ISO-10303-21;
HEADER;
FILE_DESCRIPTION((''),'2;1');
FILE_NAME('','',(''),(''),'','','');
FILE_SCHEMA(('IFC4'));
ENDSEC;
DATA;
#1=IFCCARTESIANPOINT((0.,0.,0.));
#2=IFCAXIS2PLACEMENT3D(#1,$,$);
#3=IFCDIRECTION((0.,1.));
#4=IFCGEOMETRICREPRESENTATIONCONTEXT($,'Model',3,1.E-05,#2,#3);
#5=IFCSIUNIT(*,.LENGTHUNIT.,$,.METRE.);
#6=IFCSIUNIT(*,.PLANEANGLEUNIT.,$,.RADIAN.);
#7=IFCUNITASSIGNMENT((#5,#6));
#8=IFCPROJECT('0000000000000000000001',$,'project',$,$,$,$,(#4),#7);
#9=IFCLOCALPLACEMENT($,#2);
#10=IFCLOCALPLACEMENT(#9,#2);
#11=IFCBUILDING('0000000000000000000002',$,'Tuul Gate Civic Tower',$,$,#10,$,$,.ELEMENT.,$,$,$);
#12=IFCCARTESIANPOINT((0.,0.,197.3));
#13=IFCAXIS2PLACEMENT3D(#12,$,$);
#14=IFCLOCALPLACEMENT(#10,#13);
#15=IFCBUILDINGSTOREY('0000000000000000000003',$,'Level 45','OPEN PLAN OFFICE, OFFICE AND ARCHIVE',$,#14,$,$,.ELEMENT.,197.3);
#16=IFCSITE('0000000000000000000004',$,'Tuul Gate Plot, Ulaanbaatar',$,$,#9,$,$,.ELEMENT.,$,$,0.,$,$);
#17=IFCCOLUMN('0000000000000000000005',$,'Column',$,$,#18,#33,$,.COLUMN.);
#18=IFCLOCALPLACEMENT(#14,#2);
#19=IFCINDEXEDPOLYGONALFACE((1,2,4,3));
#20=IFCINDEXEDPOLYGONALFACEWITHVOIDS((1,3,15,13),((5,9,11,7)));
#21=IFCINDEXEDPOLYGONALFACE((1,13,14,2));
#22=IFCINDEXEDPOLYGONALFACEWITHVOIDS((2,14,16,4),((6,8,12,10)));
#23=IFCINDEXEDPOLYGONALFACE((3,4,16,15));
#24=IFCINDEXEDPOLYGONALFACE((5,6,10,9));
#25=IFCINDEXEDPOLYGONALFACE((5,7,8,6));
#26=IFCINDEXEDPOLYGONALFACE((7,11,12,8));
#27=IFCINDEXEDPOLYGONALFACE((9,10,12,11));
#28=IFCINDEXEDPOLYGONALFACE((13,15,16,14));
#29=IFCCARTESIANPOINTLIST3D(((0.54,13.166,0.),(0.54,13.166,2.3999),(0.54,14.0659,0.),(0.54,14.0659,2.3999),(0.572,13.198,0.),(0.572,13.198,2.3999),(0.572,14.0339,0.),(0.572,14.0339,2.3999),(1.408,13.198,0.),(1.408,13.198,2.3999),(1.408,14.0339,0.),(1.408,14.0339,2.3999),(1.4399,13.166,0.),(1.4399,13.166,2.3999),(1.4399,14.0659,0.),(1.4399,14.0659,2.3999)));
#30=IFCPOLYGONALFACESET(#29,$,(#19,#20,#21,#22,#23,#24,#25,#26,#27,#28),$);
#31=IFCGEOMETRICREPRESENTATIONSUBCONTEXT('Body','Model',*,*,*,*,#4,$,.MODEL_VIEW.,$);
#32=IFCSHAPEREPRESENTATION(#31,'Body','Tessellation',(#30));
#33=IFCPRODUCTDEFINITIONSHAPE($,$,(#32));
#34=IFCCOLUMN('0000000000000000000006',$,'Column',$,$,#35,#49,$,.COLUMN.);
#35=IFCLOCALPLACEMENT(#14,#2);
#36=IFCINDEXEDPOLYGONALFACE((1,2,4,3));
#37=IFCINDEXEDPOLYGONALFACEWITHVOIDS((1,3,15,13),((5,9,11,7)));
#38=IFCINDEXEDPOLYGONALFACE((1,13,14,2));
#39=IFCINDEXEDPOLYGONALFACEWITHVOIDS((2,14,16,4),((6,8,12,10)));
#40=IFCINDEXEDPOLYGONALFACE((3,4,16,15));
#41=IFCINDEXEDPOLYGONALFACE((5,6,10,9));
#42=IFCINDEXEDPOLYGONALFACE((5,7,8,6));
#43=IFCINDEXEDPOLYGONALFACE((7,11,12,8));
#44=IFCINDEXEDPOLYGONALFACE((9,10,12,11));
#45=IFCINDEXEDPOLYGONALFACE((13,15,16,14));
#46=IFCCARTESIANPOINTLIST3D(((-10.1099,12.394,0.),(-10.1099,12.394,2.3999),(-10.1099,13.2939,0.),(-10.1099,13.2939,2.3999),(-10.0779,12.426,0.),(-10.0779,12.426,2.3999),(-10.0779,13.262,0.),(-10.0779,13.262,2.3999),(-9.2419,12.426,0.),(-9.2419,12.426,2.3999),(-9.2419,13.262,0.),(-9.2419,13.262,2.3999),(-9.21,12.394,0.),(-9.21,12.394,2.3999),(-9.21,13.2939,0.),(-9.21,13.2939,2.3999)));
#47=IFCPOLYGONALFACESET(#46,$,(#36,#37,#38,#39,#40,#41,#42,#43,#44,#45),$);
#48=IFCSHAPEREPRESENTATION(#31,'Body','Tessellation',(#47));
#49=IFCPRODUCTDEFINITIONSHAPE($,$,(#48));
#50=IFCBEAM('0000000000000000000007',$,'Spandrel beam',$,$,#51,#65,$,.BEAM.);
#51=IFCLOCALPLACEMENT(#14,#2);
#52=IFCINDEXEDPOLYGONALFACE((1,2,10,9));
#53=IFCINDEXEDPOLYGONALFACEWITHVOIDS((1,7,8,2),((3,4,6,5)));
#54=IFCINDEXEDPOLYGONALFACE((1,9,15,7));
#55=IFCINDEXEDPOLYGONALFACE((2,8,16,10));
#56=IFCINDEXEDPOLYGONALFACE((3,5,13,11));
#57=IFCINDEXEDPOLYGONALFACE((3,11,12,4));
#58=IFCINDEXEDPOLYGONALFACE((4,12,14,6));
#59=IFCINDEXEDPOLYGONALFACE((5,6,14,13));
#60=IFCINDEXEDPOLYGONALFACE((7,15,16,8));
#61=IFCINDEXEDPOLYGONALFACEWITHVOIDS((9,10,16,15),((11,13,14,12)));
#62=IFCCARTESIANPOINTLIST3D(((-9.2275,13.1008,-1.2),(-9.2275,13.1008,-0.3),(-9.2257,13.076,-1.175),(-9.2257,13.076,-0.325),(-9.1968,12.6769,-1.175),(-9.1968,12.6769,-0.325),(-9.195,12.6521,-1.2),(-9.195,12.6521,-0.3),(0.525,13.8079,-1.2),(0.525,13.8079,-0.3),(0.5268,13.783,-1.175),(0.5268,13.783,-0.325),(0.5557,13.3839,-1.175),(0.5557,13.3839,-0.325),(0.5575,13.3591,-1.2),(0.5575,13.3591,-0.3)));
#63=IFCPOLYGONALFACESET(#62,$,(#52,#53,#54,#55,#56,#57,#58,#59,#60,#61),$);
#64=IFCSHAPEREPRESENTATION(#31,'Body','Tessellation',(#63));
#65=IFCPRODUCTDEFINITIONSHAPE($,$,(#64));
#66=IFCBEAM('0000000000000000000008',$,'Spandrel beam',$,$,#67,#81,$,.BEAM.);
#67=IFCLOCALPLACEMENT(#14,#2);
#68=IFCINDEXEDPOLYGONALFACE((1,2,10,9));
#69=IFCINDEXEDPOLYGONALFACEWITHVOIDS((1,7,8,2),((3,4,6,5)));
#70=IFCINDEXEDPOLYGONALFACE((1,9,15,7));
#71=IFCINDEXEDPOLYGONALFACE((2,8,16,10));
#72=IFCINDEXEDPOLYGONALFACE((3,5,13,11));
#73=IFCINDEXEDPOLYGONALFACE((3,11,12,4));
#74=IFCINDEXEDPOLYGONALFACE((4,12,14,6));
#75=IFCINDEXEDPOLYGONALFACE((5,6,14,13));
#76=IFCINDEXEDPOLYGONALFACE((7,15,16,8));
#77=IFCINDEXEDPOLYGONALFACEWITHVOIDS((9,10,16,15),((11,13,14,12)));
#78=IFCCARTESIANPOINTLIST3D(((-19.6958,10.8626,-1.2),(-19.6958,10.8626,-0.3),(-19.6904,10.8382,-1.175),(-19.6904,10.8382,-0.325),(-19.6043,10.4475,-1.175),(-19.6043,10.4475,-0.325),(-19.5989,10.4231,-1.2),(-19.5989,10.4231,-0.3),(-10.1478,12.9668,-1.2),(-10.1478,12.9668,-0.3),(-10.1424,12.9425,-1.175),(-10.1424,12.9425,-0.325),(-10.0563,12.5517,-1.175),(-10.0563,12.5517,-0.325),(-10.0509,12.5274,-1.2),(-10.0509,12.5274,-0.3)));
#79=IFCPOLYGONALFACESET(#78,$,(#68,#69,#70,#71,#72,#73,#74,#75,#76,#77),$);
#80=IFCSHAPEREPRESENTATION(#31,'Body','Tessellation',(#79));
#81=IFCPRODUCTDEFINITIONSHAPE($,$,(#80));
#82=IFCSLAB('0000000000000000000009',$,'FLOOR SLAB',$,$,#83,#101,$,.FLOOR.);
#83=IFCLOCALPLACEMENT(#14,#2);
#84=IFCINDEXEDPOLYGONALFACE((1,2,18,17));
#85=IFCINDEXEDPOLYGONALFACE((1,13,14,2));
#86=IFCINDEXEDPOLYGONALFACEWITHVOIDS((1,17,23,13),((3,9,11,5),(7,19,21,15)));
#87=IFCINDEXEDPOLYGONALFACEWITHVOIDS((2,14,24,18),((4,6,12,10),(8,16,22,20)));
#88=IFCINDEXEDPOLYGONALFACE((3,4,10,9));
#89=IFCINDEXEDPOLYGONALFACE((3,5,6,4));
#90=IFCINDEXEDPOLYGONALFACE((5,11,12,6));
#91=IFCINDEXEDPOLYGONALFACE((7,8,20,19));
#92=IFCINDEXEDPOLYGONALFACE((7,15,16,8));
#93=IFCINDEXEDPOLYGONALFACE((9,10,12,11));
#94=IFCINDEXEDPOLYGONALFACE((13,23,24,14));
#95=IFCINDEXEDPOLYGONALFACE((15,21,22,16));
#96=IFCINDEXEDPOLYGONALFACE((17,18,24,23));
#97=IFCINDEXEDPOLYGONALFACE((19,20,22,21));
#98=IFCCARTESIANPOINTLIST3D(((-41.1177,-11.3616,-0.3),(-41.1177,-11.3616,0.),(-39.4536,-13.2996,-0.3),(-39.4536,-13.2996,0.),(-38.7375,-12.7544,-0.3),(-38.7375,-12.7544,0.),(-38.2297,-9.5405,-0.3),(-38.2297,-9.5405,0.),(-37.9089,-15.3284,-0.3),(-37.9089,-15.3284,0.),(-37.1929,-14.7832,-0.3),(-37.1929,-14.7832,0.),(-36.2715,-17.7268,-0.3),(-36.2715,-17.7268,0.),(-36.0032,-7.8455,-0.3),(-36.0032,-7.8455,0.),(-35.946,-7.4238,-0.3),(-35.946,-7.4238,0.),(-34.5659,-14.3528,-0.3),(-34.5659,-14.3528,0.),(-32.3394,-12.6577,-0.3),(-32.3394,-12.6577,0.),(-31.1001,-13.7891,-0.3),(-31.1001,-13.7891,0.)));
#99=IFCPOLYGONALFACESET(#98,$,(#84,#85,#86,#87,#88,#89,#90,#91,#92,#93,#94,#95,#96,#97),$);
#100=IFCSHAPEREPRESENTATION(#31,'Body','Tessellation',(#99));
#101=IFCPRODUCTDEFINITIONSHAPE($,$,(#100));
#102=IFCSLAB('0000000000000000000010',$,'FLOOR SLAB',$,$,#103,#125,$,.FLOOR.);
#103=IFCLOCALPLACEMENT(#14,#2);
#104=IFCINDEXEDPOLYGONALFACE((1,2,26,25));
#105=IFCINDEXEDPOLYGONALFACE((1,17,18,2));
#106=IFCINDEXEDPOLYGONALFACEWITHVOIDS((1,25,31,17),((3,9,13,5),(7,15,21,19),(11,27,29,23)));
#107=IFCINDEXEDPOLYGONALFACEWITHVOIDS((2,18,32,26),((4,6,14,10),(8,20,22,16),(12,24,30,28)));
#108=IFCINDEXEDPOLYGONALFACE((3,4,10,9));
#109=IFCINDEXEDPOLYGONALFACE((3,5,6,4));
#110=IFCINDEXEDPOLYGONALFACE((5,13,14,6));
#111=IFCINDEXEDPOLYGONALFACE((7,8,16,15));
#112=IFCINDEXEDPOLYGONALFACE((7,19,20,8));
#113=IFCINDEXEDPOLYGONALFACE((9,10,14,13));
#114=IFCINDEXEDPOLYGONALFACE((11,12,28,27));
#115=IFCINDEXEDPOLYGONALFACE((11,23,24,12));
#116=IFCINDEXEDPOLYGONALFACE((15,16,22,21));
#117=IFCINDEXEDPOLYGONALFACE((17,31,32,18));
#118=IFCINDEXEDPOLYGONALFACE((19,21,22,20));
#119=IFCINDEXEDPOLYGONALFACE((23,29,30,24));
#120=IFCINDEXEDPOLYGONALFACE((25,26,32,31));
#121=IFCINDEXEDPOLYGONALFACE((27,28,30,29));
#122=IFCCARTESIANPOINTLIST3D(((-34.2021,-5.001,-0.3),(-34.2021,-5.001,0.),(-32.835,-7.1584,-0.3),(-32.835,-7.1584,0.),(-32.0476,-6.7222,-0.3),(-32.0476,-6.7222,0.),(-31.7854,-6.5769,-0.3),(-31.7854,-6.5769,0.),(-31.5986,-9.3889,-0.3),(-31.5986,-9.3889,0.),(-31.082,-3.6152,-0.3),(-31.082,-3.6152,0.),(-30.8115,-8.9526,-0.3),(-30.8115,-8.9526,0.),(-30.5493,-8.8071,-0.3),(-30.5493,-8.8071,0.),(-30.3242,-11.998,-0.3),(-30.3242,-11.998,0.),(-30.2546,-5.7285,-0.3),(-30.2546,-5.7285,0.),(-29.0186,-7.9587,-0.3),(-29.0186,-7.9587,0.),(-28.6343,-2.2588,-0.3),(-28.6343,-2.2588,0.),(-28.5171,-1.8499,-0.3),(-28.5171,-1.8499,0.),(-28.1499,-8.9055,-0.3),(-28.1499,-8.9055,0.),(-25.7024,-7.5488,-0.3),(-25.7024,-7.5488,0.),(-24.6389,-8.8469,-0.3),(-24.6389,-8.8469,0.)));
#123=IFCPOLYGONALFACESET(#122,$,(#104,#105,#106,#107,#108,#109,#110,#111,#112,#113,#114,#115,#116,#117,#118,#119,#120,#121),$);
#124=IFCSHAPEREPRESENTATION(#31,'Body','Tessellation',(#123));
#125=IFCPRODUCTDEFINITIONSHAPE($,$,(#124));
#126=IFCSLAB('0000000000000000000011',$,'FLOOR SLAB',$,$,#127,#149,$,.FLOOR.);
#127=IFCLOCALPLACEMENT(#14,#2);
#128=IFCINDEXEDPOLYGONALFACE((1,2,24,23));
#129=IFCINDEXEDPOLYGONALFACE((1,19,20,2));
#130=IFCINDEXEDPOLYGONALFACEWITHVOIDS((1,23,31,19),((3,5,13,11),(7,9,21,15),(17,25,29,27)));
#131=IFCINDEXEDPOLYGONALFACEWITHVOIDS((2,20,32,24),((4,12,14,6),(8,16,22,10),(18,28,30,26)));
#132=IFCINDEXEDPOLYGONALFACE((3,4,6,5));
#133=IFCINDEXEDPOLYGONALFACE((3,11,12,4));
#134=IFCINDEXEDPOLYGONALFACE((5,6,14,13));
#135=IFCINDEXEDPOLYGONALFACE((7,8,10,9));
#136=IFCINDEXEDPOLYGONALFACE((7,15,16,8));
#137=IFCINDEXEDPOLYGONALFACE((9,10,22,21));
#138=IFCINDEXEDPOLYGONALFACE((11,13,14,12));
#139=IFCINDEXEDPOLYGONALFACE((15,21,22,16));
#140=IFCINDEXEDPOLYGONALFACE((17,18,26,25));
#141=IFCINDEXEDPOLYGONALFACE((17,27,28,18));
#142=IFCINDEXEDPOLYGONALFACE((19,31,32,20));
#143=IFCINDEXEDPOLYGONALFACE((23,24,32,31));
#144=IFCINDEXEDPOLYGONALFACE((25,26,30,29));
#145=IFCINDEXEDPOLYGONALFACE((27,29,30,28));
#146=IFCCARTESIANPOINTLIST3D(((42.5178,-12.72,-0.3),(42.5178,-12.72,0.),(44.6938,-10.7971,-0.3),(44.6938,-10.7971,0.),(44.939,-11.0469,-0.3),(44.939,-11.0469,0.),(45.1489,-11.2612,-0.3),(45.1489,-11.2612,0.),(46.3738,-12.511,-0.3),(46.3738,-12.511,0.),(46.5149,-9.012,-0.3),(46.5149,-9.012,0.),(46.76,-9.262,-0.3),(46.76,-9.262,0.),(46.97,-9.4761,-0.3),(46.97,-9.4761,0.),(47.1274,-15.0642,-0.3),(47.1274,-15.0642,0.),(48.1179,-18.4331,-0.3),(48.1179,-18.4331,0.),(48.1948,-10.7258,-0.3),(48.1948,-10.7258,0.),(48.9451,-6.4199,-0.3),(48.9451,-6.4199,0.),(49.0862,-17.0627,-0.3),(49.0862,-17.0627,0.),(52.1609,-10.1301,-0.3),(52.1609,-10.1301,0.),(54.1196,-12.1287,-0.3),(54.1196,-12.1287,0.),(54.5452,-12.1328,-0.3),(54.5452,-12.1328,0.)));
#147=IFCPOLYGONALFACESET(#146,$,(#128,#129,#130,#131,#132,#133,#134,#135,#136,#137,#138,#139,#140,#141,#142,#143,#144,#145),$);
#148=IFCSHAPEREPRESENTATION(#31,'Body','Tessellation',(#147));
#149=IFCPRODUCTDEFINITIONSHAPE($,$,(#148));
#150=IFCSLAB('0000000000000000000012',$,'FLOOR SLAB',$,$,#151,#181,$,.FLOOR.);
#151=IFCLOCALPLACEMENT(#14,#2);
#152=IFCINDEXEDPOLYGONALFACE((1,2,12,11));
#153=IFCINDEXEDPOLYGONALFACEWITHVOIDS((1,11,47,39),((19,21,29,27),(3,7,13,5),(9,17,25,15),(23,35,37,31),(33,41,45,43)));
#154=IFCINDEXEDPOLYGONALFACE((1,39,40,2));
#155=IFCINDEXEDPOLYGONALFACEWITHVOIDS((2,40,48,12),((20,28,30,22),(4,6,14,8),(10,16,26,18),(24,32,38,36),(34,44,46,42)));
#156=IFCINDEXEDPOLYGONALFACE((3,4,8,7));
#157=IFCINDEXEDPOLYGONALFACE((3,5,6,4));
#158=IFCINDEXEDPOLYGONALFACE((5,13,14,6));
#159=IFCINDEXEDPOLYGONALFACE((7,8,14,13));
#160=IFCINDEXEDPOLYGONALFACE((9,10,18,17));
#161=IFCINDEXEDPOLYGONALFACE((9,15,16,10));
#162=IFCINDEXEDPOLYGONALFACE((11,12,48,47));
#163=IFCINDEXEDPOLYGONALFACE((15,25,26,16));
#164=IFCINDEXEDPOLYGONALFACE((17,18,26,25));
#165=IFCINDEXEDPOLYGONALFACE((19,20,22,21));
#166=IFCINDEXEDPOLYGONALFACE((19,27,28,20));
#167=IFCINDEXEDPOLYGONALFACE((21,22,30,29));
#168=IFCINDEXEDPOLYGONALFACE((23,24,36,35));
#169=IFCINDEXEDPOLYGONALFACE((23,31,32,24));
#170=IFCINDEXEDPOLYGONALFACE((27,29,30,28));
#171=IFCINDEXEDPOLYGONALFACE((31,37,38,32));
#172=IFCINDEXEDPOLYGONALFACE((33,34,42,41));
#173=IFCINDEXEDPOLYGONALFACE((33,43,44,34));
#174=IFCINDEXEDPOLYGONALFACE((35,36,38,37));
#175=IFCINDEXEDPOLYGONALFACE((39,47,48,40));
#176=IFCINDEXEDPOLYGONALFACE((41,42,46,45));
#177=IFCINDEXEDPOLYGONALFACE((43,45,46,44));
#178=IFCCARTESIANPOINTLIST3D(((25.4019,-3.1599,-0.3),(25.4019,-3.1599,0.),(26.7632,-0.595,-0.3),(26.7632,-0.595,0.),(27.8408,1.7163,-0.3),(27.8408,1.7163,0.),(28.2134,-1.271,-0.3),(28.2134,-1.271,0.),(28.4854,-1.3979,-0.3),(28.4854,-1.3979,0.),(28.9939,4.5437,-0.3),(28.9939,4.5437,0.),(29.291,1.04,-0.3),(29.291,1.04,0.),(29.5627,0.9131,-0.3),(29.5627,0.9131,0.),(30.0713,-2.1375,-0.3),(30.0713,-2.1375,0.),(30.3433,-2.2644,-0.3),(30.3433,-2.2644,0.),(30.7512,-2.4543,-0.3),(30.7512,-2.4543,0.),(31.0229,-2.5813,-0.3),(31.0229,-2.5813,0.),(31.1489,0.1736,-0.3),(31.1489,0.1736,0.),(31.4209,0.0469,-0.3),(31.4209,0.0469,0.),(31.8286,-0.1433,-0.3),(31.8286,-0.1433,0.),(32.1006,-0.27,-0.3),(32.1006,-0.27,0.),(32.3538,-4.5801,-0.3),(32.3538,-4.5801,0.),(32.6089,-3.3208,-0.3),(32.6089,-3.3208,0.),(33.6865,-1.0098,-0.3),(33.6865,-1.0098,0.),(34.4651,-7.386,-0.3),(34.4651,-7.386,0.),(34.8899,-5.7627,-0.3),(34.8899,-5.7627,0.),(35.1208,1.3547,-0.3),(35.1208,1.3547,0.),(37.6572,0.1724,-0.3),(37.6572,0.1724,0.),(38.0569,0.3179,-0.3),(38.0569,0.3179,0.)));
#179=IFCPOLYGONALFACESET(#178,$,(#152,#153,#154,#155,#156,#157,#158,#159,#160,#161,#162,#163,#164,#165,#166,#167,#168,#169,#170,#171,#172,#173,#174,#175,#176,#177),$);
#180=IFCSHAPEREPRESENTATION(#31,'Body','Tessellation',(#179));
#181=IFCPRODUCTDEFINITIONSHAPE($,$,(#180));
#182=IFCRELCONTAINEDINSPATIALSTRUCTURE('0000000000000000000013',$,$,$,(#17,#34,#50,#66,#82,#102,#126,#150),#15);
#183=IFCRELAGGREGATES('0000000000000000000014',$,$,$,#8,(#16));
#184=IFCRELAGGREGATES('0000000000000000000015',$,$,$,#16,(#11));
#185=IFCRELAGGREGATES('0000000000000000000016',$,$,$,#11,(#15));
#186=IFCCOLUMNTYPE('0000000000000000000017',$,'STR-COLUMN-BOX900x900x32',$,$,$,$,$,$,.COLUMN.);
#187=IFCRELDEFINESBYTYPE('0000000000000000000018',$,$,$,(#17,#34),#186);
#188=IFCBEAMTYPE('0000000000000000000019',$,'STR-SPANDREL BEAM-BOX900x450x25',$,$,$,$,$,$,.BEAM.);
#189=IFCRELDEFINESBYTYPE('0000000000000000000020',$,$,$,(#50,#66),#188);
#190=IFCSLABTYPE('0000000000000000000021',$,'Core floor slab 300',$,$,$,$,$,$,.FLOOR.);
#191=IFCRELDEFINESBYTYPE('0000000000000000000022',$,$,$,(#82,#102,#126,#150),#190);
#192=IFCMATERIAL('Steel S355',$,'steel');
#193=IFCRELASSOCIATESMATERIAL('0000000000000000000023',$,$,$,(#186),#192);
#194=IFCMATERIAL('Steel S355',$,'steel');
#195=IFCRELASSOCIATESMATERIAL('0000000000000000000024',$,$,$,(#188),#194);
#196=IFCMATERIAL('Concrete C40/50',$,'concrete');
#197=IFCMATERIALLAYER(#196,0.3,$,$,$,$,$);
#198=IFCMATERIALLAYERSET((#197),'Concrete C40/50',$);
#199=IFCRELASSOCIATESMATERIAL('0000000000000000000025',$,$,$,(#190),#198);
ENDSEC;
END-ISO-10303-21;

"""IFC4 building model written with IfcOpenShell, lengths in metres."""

from ifc_helpers import new_model, si_unit, direction, frame, origin, origin_2d, place, context, subcontext, project, spatial, polyline, hollow_rectangle, outline, extrude, material, layer, layer_set, material_profile, profile_set, type_object, element, save


model = new_model("IFC4")

# Units and contexts
model_context = context("Model", 3, precision=1e-05, world=origin(), true_north=direction((0.0, 1.0)))
body_context = subcontext(model_context, "Body", "Model", "MODEL_VIEW")
ifc_project = project(units=[si_unit("LENGTHUNIT", "METRE"), si_unit("PLANEANGLEUNIT", "RADIAN")], contexts=[model_context])

# Site, building, storey
site_placement = place(None, origin())
site = spatial("IfcSite", under=ifc_project, at=site_placement, Name="Tuul Gate Plot, Ulaanbaatar", CompositionType="ELEMENT", RefElevation=0.0)
building_placement = place(site_placement, origin())
building = spatial("IfcBuilding", under=site, at=building_placement, Name="Tuul Gate Civic Tower", CompositionType="ELEMENT")
storey_placement = place(building_placement, frame((0.0, 0.0, 197.3)))
storey = spatial("IfcBuildingStorey", under=building, at=storey_placement, Name="Level 45", Description="OPEN PLAN OFFICE, OFFICE AND ARCHIVE", CompositionType="ELEMENT", Elevation=197.3)

# Columns
ifc_material_1 = material(Name="Steel S355", Category="steel")
ifc_material_profile_1 = material_profile(ifc_material_1, hollow_rectangle(XDim=0.8999, YDim=0.8999, WallThickness=0.032, at=origin_2d()), Name="BOX900x900x32")
ifc_profile_set_1 = profile_set([ifc_material_profile_1], Name="Steel S355")
column_type = type_object("IfcColumnType", Name="STR-COLUMN-BOX900x900x32", PredefinedType="COLUMN", material=ifc_profile_set_1)
for number, where, z_axis, x_axis, name in (
    (1, (0.99, 13.616, 0.0), (0.0, 0.0, 1.0), (1.0, 0.0, 0.0), "Column"),
    (2, (-9.6599, 12.844, 0.0), (0.0, 0.0, 1.0), (1.0, 0.0, 0.0), "Column"),
):
    element("IfcColumn", number, at=place(storey_placement, frame(where, z_axis=z_axis, x_axis=x_axis)), inside=storey, type_object=column_type, Name=name, PredefinedType="COLUMN", context=body_context, shape_type="SweptSolid", body=[
        extrude(hollow_rectangle(XDim=0.8999, YDim=0.8999, WallThickness=0.032, at=origin_2d()), origin(), (0.0, 0.0, 1.0), 2.3999),
    ])

# Beams
ifc_material_2 = material(Name="Steel S355", Category="steel")
ifc_material_profile_2 = material_profile(ifc_material_2, hollow_rectangle(XDim=0.45, YDim=0.8999, WallThickness=0.0249, at=origin_2d()), Name="BOX900x450x25")
ifc_profile_set_2 = profile_set([ifc_material_profile_2], Name="Steel S355")
beam_type = type_object("IfcBeamType", Name="STR-SPANDREL BEAM-BOX900x450x25", PredefinedType="BEAM", material=ifc_profile_set_2)
beam_1_placement = place(storey_placement, frame((0.5413, 13.5835, -0.75), z_axis=(-0.997382, -0.072308, 0.0), x_axis=(0.072308, -0.997382, 0.0)))
element("IfcBeam", 3, at=beam_1_placement, inside=storey, type_object=beam_type, Name="Spandrel beam", PredefinedType="BEAM", context=body_context, shape_type="SweptSolid", body=[
    extrude(hollow_rectangle(XDim=0.45, YDim=0.8999, WallThickness=0.0249, at=origin_2d()), origin(), (0.0, 0.0, 1.0), 9.7781),
])
beam_2_placement = place(storey_placement, frame((-10.0994, 12.7471, -0.75), z_axis=(-0.976566, -0.21522, 0.0), x_axis=(0.21522, -0.976566, 0.0)))
element("IfcBeam", 4, at=beam_2_placement, inside=storey, type_object=beam_type, Name="Spandrel beam", PredefinedType="BEAM", context=body_context, shape_type="SweptSolid", body=[
    extrude(hollow_rectangle(XDim=0.45, YDim=0.8999, WallThickness=0.0249, at=origin_2d()), origin(), (0.0, 0.0, 1.0), 9.7771),
])

# Slabs
ifc_material_3 = material(Name="Concrete C40/50", Category="concrete")
ifc_layer_1 = layer(ifc_material_3, 0.3)
ifc_layer_set_1 = layer_set([ifc_layer_1], Name="Concrete C40/50")
slab_type_1 = type_object("IfcSlabType", Name="Core floor slab 300", PredefinedType="FLOOR", material=ifc_layer_set_1)
slab_1_placement = place(storey_placement, frame((0.0, 0.0, -0.3)))
element("IfcSlab", 5, at=slab_1_placement, inside=storey, type_object=slab_type_1, Name="FLOOR SLAB", PredefinedType="FLOOR", context=body_context, shape_type="SweptSolid", body=[
    extrude(outline(polyline([(-31.1001, -13.7891), (-35.946, -7.4238), (-41.1177, -11.3616), (-36.2715, -17.7268), (-31.1001, -13.7891)]), holes=[polyline([(-37.1929, -14.7832), (-38.7375, -12.7544), (-39.4536, -13.2996), (-37.9089, -15.3284), (-37.1929, -14.7832)]), polyline([(-32.3394, -12.6577), (-34.5659, -14.3528), (-38.2297, -9.5405), (-36.0032, -7.8455), (-32.3394, -12.6577)])]), origin(), (0.0, 0.0, 1.0), 0.3),
])
slab_2_placement = place(storey_placement, frame((0.0, 0.0, -0.3)))
element("IfcSlab", 6, at=slab_2_placement, inside=storey, type_object=slab_type_1, Name="FLOOR SLAB", PredefinedType="FLOOR", context=body_context, shape_type="SweptSolid", body=[
    extrude(outline(polyline([(-24.6389, -8.8469), (-28.5171, -1.8499), (-34.2021, -5.001), (-30.3242, -11.998), (-24.6389, -8.8469)]), holes=[polyline([(-29.0186, -7.9587), (-30.2546, -5.7285), (-31.7854, -6.5769), (-30.5493, -8.8071), (-29.0186, -7.9587)]), polyline([(-30.8115, -8.9526), (-32.0476, -6.7222), (-32.835, -7.1584), (-31.5986, -9.3889), (-30.8115, -8.9526)]), polyline([(-25.7024, -7.5488), (-28.1499, -8.9055), (-31.082, -3.6152), (-28.6343, -2.2588), (-25.7024, -7.5488)])]), origin(), (0.0, 0.0, 1.0), 0.3),
])
slab_3_placement = place(storey_placement, frame((0.0, 0.0, -0.3)))
element("IfcSlab", 7, at=slab_3_placement, inside=storey, type_object=slab_type_1, Name="FLOOR SLAB", PredefinedType="FLOOR", context=body_context, shape_type="SweptSolid", body=[
    extrude(outline(polyline([(48.1179, -18.4331), (54.5452, -12.1328), (48.9451, -6.4199), (42.5178, -12.72), (48.1179, -18.4331)]), holes=[polyline([(46.3738, -12.511), (48.1948, -10.7258), (46.97, -9.4761), (45.1489, -11.2612), (46.3738, -12.511)]), polyline([(44.939, -11.0469), (46.76, -9.262), (46.5149, -9.012), (44.6938, -10.7971), (44.939, -11.0469)]), polyline([(49.0862, -17.0627), (47.1274, -15.0642), (52.1609, -10.1301), (54.1196, -12.1287), (49.0862, -17.0627)])]), origin(), (0.0, 0.0, 1.0), 0.3),
])
slab_4_placement = place(storey_placement, frame((0.0, 0.0, -0.3)))
element("IfcSlab", 8, at=slab_4_placement, inside=storey, type_object=slab_type_1, Name="FLOOR SLAB", PredefinedType="FLOOR", context=body_context, shape_type="SweptSolid", body=[
    extrude(outline(polyline([(34.4651, -7.386), (38.0569, 0.3179), (28.9939, 4.5437), (25.4019, -3.1599), (34.4651, -7.386)]), holes=[polyline([(32.6089, -3.3208), (33.6865, -1.0098), (32.1006, -0.27), (31.0229, -2.5813), (32.6089, -3.3208)]), polyline([(30.0713, -2.1375), (31.1489, 0.1736), (29.5627, 0.9131), (28.4854, -1.3979), (30.0713, -2.1375)]), polyline([(30.7512, -2.4543), (31.8286, -0.1433), (31.4209, 0.0469), (30.3433, -2.2644), (30.7512, -2.4543)]), polyline([(28.2134, -1.271), (29.291, 1.04), (27.8408, 1.7163), (26.7632, -0.595), (28.2134, -1.271)]), polyline([(34.8899, -5.7627), (32.3538, -4.5801), (35.1208, 1.3547), (37.6572, 0.1724), (34.8899, -5.7627)])]), origin(), (0.0, 0.0, 1.0), 0.3),
])

save(model, "model.ifc")
